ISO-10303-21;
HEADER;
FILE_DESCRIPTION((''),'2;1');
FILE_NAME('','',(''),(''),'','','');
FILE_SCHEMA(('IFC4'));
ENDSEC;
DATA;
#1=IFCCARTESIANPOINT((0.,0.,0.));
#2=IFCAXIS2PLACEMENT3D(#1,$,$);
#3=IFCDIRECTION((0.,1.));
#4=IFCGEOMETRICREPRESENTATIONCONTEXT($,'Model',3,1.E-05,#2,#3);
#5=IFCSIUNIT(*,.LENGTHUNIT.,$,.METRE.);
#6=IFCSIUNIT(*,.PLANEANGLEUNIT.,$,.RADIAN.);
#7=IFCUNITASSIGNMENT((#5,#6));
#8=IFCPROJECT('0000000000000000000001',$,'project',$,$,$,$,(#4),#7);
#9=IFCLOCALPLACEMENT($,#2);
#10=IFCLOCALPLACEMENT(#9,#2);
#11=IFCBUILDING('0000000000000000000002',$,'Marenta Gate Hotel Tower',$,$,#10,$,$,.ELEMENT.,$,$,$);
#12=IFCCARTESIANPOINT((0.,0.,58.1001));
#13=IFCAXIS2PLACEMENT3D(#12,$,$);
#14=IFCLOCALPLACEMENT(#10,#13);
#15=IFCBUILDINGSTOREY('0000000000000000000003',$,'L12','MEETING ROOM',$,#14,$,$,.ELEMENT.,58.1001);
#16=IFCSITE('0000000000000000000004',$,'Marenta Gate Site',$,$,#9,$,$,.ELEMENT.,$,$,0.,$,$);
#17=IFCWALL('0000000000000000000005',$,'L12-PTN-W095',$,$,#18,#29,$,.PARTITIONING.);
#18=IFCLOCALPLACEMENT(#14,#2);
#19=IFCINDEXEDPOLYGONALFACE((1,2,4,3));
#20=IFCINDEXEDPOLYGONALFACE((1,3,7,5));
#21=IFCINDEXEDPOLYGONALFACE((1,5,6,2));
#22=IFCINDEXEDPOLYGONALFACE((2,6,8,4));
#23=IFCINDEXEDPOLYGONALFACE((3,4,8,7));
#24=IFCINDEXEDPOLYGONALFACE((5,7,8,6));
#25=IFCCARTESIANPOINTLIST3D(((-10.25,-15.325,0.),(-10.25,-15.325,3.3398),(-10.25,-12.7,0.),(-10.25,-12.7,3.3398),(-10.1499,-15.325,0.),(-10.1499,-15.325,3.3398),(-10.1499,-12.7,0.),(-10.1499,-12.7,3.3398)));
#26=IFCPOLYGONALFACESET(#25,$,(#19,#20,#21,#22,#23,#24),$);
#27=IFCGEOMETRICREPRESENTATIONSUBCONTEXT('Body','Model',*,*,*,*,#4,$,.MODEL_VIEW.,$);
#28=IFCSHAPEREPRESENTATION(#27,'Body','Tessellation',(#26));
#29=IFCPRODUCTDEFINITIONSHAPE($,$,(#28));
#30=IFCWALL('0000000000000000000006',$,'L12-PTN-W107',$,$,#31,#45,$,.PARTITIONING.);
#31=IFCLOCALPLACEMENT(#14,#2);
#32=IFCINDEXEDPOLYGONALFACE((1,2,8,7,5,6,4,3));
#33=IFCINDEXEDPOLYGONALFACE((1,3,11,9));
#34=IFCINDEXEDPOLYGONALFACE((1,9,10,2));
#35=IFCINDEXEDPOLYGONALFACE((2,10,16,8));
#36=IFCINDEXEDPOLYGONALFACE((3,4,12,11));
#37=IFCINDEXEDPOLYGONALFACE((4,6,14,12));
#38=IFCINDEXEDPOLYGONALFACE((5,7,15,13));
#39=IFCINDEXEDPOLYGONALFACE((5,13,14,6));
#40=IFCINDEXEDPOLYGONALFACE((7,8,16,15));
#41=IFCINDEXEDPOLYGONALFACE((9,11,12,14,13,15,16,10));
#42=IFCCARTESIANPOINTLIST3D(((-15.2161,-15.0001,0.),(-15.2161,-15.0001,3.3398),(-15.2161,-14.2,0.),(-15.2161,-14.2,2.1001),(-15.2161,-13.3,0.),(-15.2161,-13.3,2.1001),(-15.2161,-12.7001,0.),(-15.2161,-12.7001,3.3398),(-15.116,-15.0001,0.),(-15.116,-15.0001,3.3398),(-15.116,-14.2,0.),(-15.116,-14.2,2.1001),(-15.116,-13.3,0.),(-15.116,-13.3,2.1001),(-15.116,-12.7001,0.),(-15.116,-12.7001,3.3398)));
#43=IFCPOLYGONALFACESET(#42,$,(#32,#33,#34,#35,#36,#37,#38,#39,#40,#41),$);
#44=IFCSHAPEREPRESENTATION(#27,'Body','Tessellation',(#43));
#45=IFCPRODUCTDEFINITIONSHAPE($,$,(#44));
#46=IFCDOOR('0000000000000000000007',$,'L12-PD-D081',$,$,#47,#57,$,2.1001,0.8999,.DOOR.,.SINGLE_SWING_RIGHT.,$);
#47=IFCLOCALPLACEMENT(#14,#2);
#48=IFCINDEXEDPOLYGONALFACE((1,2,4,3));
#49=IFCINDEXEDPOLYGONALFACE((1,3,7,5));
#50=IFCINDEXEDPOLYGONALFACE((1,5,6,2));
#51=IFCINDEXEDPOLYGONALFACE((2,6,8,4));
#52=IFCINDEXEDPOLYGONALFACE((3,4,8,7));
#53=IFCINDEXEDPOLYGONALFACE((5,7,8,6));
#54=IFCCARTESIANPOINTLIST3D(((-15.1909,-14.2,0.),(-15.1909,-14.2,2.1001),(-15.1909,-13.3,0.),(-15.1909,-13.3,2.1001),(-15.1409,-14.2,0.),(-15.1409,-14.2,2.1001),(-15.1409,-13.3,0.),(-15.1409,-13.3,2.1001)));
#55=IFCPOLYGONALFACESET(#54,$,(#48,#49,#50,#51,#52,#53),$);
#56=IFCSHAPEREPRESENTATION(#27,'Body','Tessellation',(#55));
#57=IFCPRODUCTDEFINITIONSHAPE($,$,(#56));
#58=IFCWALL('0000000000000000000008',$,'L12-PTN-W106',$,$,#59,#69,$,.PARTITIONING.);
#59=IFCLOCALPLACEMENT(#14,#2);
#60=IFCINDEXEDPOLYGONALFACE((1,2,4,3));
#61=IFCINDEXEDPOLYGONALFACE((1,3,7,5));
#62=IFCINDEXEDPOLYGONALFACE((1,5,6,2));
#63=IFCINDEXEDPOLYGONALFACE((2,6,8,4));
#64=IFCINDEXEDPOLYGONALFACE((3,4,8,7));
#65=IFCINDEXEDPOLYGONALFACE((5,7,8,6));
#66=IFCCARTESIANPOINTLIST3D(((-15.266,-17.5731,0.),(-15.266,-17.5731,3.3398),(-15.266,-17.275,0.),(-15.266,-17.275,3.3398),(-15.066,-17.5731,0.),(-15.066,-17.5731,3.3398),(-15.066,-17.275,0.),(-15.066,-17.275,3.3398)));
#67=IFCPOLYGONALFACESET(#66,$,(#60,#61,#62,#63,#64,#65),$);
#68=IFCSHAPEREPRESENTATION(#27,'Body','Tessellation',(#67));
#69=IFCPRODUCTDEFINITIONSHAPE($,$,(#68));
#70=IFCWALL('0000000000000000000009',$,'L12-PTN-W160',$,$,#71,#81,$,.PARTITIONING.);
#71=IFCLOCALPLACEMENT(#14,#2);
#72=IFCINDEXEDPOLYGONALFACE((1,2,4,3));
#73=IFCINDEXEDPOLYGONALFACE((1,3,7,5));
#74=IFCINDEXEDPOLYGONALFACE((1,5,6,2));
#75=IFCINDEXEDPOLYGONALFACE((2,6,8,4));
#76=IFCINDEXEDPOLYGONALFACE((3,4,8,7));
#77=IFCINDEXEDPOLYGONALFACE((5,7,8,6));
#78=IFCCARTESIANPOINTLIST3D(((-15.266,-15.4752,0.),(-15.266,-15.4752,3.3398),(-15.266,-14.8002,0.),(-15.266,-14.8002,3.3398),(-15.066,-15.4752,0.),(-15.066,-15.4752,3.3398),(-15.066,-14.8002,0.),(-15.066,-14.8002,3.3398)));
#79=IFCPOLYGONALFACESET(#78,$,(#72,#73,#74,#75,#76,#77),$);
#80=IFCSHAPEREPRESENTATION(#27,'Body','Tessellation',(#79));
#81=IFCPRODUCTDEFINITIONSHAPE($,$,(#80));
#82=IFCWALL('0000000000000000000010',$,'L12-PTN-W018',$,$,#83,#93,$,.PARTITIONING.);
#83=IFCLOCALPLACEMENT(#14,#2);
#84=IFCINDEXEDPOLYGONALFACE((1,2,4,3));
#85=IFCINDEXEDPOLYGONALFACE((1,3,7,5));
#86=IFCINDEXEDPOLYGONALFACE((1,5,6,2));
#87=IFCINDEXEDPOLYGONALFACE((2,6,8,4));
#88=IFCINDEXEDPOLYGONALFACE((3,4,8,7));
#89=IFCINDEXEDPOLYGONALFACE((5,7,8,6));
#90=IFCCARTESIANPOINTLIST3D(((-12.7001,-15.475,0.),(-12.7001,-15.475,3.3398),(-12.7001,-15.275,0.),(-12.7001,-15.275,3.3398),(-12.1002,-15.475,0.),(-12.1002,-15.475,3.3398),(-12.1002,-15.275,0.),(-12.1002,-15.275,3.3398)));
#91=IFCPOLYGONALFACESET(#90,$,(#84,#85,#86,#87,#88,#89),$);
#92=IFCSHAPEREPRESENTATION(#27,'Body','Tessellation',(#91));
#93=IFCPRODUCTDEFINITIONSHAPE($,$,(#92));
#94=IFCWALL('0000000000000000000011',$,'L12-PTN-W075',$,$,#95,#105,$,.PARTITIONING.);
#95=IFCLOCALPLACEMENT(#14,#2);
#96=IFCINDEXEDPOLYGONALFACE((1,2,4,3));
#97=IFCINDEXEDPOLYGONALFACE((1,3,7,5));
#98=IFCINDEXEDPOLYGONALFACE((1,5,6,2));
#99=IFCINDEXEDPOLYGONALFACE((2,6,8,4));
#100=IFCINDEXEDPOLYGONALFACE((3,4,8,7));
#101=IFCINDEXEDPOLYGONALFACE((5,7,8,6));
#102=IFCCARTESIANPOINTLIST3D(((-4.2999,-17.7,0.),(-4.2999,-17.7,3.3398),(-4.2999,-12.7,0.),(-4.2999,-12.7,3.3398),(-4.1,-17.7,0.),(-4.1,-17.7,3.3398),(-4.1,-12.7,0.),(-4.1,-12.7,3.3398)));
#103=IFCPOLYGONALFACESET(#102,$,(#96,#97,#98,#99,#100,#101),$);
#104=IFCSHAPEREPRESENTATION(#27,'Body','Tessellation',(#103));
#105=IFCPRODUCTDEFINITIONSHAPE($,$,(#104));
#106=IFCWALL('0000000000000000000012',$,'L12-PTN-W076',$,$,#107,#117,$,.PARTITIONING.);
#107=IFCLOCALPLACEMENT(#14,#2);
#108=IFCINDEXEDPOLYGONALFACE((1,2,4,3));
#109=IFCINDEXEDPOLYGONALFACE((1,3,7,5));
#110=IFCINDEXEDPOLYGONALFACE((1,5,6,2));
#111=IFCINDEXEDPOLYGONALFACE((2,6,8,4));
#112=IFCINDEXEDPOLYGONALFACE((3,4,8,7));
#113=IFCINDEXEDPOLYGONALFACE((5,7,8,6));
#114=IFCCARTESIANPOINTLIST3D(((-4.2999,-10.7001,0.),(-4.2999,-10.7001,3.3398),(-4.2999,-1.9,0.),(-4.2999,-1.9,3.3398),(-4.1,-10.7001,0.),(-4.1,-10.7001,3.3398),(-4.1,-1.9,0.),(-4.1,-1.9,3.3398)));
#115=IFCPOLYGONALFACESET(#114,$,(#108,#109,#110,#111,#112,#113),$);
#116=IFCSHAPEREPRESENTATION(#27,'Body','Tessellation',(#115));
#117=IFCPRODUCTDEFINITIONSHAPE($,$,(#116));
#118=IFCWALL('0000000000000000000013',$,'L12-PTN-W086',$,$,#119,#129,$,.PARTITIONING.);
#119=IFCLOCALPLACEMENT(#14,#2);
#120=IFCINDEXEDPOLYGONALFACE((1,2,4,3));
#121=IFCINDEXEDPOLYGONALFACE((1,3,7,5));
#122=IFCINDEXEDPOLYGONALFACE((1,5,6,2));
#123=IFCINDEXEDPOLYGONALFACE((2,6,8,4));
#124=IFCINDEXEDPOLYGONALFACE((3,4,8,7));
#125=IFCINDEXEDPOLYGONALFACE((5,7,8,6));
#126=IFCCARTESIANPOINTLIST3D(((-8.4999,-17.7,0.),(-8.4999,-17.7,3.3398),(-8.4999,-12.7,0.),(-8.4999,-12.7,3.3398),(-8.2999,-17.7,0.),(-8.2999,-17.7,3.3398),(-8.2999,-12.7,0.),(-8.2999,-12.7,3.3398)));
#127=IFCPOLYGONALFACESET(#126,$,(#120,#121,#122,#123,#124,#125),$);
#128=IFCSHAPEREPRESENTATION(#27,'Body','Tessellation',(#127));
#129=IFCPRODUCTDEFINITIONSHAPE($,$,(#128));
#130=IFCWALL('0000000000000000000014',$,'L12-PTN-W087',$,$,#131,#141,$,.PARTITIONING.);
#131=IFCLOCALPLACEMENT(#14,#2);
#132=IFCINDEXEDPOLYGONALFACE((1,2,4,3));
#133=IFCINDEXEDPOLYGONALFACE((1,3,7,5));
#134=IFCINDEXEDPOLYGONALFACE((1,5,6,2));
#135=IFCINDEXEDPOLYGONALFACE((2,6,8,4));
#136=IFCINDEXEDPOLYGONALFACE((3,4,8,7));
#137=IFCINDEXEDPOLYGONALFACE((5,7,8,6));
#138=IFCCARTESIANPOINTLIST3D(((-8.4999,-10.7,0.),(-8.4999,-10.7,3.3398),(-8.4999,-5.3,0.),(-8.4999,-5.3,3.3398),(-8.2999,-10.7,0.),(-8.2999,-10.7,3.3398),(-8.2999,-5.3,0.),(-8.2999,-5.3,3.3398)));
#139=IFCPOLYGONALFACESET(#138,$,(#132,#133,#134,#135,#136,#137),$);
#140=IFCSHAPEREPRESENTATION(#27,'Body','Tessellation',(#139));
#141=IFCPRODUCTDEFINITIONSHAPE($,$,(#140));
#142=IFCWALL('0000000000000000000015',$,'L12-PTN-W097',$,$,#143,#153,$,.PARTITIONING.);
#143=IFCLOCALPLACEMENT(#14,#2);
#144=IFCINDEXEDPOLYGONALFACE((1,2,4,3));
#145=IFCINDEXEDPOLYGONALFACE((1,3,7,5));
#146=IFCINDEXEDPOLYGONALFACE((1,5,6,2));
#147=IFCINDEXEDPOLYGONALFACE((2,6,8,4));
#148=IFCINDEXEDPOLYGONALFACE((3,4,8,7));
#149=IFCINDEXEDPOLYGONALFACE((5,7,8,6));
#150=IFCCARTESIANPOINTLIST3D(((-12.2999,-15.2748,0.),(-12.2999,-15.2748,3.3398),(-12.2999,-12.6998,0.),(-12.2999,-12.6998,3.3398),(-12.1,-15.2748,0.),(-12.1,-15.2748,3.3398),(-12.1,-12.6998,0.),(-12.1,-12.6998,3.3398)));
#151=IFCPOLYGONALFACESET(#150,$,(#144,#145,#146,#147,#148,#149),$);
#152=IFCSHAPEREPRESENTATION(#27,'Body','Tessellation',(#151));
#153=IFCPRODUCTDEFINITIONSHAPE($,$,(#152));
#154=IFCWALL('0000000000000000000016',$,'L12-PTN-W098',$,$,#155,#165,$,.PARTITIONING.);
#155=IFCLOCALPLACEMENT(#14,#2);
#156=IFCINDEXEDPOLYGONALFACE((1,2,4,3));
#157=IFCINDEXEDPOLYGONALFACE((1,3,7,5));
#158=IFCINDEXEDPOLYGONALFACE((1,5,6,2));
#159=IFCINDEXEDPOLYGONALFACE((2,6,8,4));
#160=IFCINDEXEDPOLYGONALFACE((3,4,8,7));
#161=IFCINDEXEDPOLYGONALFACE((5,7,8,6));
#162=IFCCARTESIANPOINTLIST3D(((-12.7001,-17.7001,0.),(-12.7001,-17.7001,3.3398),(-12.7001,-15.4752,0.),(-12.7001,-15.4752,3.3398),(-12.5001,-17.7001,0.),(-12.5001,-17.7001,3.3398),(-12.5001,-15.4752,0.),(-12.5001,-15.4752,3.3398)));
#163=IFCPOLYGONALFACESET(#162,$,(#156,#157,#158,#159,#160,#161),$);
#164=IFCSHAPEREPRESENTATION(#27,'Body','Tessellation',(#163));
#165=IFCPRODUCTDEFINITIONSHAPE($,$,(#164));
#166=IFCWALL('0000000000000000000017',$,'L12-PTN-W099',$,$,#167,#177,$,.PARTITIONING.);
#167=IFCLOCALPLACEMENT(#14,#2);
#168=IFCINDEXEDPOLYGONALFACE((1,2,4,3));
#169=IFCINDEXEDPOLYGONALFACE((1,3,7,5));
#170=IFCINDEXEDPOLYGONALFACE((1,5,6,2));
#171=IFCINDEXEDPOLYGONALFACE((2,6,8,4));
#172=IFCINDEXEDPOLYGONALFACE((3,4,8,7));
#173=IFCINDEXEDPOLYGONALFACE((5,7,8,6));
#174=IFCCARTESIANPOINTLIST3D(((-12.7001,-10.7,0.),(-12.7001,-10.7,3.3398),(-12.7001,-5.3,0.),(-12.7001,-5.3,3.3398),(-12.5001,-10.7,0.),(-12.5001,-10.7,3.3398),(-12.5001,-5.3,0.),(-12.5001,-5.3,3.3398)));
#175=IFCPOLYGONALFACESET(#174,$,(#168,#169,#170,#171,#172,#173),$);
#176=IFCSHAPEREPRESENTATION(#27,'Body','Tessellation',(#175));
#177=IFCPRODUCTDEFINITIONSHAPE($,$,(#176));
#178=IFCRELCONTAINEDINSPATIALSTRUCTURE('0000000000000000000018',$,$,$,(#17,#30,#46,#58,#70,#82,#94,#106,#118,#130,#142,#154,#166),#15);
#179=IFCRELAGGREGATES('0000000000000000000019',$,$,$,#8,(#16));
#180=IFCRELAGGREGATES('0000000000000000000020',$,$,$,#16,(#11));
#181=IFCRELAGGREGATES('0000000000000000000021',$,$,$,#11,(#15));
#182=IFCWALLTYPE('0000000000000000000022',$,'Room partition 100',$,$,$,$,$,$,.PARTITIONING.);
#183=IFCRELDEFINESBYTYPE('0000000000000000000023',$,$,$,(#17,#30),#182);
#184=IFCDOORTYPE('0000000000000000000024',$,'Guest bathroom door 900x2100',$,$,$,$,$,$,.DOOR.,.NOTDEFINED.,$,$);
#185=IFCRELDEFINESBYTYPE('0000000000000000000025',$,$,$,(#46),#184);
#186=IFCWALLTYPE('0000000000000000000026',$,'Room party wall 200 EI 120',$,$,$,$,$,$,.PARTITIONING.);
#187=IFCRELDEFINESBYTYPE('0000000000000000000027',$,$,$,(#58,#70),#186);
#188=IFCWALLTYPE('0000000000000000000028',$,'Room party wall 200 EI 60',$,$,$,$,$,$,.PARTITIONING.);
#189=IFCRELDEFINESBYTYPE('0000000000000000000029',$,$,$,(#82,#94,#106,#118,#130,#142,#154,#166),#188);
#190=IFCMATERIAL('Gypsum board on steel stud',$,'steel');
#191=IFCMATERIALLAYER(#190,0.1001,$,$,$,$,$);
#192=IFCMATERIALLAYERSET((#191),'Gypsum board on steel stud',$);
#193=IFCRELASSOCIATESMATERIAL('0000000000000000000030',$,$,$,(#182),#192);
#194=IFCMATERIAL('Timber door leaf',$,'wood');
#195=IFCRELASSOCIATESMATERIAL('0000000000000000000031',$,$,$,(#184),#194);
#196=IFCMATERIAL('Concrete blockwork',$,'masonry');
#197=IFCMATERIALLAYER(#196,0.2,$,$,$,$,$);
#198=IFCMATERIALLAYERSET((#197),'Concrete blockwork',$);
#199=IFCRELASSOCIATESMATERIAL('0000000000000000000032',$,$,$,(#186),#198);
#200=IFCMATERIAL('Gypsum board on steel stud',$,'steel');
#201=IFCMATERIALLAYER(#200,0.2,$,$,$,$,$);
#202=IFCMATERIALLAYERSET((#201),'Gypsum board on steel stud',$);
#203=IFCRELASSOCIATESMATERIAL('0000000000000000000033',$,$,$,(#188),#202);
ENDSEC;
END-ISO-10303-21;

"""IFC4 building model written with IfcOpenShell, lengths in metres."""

from ifc_helpers import new_model, si_unit, direction, frame, frame_2d, origin, place, context, subcontext, project, spatial, rectangle, extrude, material, layer, layer_set, type_object, element, fill, save


model = new_model("IFC4")

# Units and contexts
model_context = context("Model", 3, precision=1e-05, world=origin(), true_north=direction((0.0, 1.0)))
body_context = subcontext(model_context, "Body", "Model", "MODEL_VIEW")
ifc_project = project(units=[si_unit("LENGTHUNIT", "METRE"), si_unit("PLANEANGLEUNIT", "RADIAN")], contexts=[model_context])

# Site, building, storey
site_placement = place(None, origin())
site = spatial("IfcSite", under=ifc_project, at=site_placement, Name="Marenta Gate Site", CompositionType="ELEMENT", RefElevation=0.0)
building_placement = place(site_placement, origin())
building = spatial("IfcBuilding", under=site, at=building_placement, Name="Marenta Gate Hotel Tower", CompositionType="ELEMENT")
storey_placement = place(building_placement, frame((0.0, 0.0, 58.1001)))
storey = spatial("IfcBuildingStorey", under=building, at=storey_placement, Name="L12", Description="MEETING ROOM", CompositionType="ELEMENT", Elevation=58.1001)

# Shared definitions
ifc_material_1 = material(Name="Gypsum board on steel stud", Category="steel")
ifc_layer_1 = layer(ifc_material_1, 0.1001)
ifc_layer_set_1 = layer_set([ifc_layer_1], Name="Gypsum board on steel stud")
wall_type_1 = type_object("IfcWallType", Name="Room partition 100", PredefinedType="PARTITIONING", material=ifc_layer_set_1)
ifc_material_2 = material(Name="Timber door leaf", Category="wood")
door_type_1 = type_object("IfcDoorType", Name="Guest bathroom door 900x2100", OperationType="NOTDEFINED", PredefinedType="DOOR", material=ifc_material_2)

# Wall
wall_1_placement = place(storey_placement, frame((-10.2, -15.325, 0.0), z_axis=(0.0, 0.0, 1.0), x_axis=(0.0, 1.0, 0.0)))
element("IfcWall", 1, at=wall_1_placement, inside=storey, type_object=wall_type_1, Name="L12-PTN-W095", PredefinedType="PARTITIONING", context=body_context, shape_type="SweptSolid", body=[
    extrude(rectangle(XDim=2.625, YDim=0.1001, at=frame_2d((1.3125, 0.0))), origin(), (0.0, 0.0, 1.0), 3.3398),
])

# Wall, opening, door
wall_2_placement = place(storey_placement, frame((-15.166, -15.0, 0.0), z_axis=(0.0, 0.0, 1.0), x_axis=(0.0, 1.0, 0.0)))
wall_2 = element("IfcWall", 2, at=wall_2_placement, inside=storey, type_object=wall_type_1, Name="L12-PTN-W107", PredefinedType="PARTITIONING", context=body_context, shape_type="SweptSolid", body=[
    extrude(rectangle(XDim=2.3, YDim=0.1001, at=frame_2d((1.1499, 0.0))), origin(), (0.0, 0.0, 1.0), 3.3398),
])
opening_1_placement = place(wall_2_placement, frame((0.8, 0.0, 0.0)))
opening_1 = element("IfcOpeningElement", 3, at=opening_1_placement, cuts=wall_2, PredefinedType="OPENING", context=body_context, shape_type="SweptSolid", body=[
    extrude(rectangle(XDim=0.8999, YDim=2.1001, at=frame_2d((0.45, 1.05))), frame((0.0, 0.05, 0.0), z_axis=(0.0, -1.0, 0.0), x_axis=(1.0, 0.0, 0.0)), (0.0, 0.0, 1.0), 0.1001),
])
door_1_placement = place(opening_1_placement, origin())
door_1 = element("IfcDoor", 4, at=door_1_placement, inside=storey, type_object=door_type_1, Name="L12-PD-D081", OperationType="SINGLE_SWING_RIGHT", OverallHeight=2.1001, OverallWidth=0.8999, PredefinedType="DOOR", context=body_context, shape_type="SweptSolid", body=[
    extrude(rectangle(XDim=0.8999, YDim=2.1001, at=frame_2d((0.45, 1.05))), frame((0.0, 0.0249, 0.0), z_axis=(0.0, -1.0, 0.0), x_axis=(1.0, 0.0, 0.0)), (0.0, 0.0, 1.0), 0.05),
])
fill(opening_1, door_1)

# Walls
ifc_material_3 = material(Name="Concrete blockwork", Category="masonry")
ifc_layer_2 = layer(ifc_material_3, 0.2)
ifc_layer_set_2 = layer_set([ifc_layer_2], Name="Concrete blockwork")
wall_type_2 = type_object("IfcWallType", Name="Room party wall 200 EI 120", PredefinedType="PARTITIONING", material=ifc_layer_set_2)
wall_3_placement = place(storey_placement, frame((-15.166, -17.573, 0.0), z_axis=(0.0, 0.0, 1.0), x_axis=(0.0, 1.0, 0.0)))
element("IfcWall", 5, at=wall_3_placement, inside=storey, type_object=wall_type_2, Name="L12-PTN-W106", PredefinedType="PARTITIONING", context=body_context, shape_type="SweptSolid", body=[
    extrude(rectangle(XDim=0.2981, YDim=0.2, at=frame_2d((0.1489, 0.0))), origin(), (0.0, 0.0, 1.0), 3.3398),
])
wall_4_placement = place(storey_placement, frame((-15.166, -15.4751, 0.0), z_axis=(0.0, 0.0, 1.0), x_axis=(0.0, 1.0, 0.0)))
element("IfcWall", 6, at=wall_4_placement, inside=storey, type_object=wall_type_2, Name="L12-PTN-W160", PredefinedType="PARTITIONING", context=body_context, shape_type="SweptSolid", body=[
    extrude(rectangle(XDim=0.675, YDim=0.2, at=frame_2d((0.3374, 0.0))), origin(), (0.0, 0.0, 1.0), 3.3398),
])
ifc_material_4 = material(Name="Gypsum board on steel stud", Category="steel")
ifc_layer_3 = layer(ifc_material_4, 0.2)
ifc_layer_set_3 = layer_set([ifc_layer_3], Name="Gypsum board on steel stud")
wall_type_3 = type_object("IfcWallType", Name="Room party wall 200 EI 60", PredefinedType="PARTITIONING", material=ifc_layer_set_3)
wall_5_placement = place(storey_placement, frame((-12.7, -15.375, 0.0), z_axis=(0.0, 0.0, 1.0), x_axis=(1.0, 0.0, 0.0)))
element("IfcWall", 7, at=wall_5_placement, inside=storey, type_object=wall_type_3, Name="L12-PTN-W018", PredefinedType="PARTITIONING", context=body_context, shape_type="SweptSolid", body=[
    extrude(rectangle(XDim=0.5999, YDim=0.2, at=frame_2d((0.2998, 0.0))), origin(), (0.0, 0.0, 1.0), 3.3398),
])
wall_6_placement = place(storey_placement, frame((-4.2, -17.7, 0.0), z_axis=(0.0, 0.0, 1.0), x_axis=(0.0, 1.0, 0.0)))
element("IfcWall", 8, at=wall_6_placement, inside=storey, type_object=wall_type_3, Name="L12-PTN-W075", PredefinedType="PARTITIONING", context=body_context, shape_type="SweptSolid", body=[
    extrude(rectangle(XDim=5.0, YDim=0.2, at=frame_2d((2.5, 0.0))), origin(), (0.0, 0.0, 1.0), 3.3398),
])
wall_7_placement = place(storey_placement, frame((-4.2, -10.7, 0.0), z_axis=(0.0, 0.0, 1.0), x_axis=(0.0, 1.0, 0.0)))
element("IfcWall", 9, at=wall_7_placement, inside=storey, type_object=wall_type_3, Name="L12-PTN-W076", PredefinedType="PARTITIONING", context=body_context, shape_type="SweptSolid", body=[
    extrude(rectangle(XDim=8.8, YDim=0.2, at=frame_2d((4.3999, 0.0))), origin(), (0.0, 0.0, 1.0), 3.3398),
])
wall_8_placement = place(storey_placement, frame((-8.3999, -17.7, 0.0), z_axis=(0.0, 0.0, 1.0), x_axis=(0.0, 1.0, 0.0)))
element("IfcWall", 10, at=wall_8_placement, inside=storey, type_object=wall_type_3, Name="L12-PTN-W086", PredefinedType="PARTITIONING", context=body_context, shape_type="SweptSolid", body=[
    extrude(rectangle(XDim=5.0, YDim=0.2, at=frame_2d((2.5, 0.0))), origin(), (0.0, 0.0, 1.0), 3.3398),
])
wall_9_placement = place(storey_placement, frame((-8.3999, -10.7, 0.0), z_axis=(0.0, 0.0, 1.0), x_axis=(0.0, 1.0, 0.0)))
element("IfcWall", 11, at=wall_9_placement, inside=storey, type_object=wall_type_3, Name="L12-PTN-W087", PredefinedType="PARTITIONING", context=body_context, shape_type="SweptSolid", body=[
    extrude(rectangle(XDim=5.3999, YDim=0.2, at=frame_2d((2.7, 0.0))), origin(), (0.0, 0.0, 1.0), 3.3398),
])
wall_10_placement = place(storey_placement, frame((-12.2, -15.2749, 0.0), z_axis=(0.0, 0.0, 1.0), x_axis=(0.0, 1.0, 0.0)))
element("IfcWall", 12, at=wall_10_placement, inside=storey, type_object=wall_type_3, Name="L12-PTN-W097", PredefinedType="PARTITIONING", context=body_context, shape_type="SweptSolid", body=[
    extrude(rectangle(XDim=2.575, YDim=0.2, at=frame_2d((1.2876, 0.0))), origin(), (0.0, 0.0, 1.0), 3.3398),
])
wall_11_placement = place(storey_placement, frame((-12.6001, -17.7, 0.0), z_axis=(0.0, 0.0, 1.0), x_axis=(0.0, 1.0, 0.0)))
element("IfcWall", 13, at=wall_11_placement, inside=storey, type_object=wall_type_3, Name="L12-PTN-W098", PredefinedType="PARTITIONING", context=body_context, shape_type="SweptSolid", body=[
    extrude(rectangle(XDim=2.2249, YDim=0.2, at=frame_2d((1.1123, 0.0))), origin(), (0.0, 0.0, 1.0), 3.3398),
])
wall_12_placement = place(storey_placement, frame((-12.6001, -10.7, 0.0), z_axis=(0.0, 0.0, 1.0), x_axis=(0.0, 1.0, 0.0)))
element("IfcWall", 14, at=wall_12_placement, inside=storey, type_object=wall_type_3, Name="L12-PTN-W099", PredefinedType="PARTITIONING", context=body_context, shape_type="SweptSolid", body=[
    extrude(rectangle(XDim=5.3999, YDim=0.2, at=frame_2d((2.7, 0.0))), origin(), (0.0, 0.0, 1.0), 3.3398),
])

save(model, "model.ifc")
